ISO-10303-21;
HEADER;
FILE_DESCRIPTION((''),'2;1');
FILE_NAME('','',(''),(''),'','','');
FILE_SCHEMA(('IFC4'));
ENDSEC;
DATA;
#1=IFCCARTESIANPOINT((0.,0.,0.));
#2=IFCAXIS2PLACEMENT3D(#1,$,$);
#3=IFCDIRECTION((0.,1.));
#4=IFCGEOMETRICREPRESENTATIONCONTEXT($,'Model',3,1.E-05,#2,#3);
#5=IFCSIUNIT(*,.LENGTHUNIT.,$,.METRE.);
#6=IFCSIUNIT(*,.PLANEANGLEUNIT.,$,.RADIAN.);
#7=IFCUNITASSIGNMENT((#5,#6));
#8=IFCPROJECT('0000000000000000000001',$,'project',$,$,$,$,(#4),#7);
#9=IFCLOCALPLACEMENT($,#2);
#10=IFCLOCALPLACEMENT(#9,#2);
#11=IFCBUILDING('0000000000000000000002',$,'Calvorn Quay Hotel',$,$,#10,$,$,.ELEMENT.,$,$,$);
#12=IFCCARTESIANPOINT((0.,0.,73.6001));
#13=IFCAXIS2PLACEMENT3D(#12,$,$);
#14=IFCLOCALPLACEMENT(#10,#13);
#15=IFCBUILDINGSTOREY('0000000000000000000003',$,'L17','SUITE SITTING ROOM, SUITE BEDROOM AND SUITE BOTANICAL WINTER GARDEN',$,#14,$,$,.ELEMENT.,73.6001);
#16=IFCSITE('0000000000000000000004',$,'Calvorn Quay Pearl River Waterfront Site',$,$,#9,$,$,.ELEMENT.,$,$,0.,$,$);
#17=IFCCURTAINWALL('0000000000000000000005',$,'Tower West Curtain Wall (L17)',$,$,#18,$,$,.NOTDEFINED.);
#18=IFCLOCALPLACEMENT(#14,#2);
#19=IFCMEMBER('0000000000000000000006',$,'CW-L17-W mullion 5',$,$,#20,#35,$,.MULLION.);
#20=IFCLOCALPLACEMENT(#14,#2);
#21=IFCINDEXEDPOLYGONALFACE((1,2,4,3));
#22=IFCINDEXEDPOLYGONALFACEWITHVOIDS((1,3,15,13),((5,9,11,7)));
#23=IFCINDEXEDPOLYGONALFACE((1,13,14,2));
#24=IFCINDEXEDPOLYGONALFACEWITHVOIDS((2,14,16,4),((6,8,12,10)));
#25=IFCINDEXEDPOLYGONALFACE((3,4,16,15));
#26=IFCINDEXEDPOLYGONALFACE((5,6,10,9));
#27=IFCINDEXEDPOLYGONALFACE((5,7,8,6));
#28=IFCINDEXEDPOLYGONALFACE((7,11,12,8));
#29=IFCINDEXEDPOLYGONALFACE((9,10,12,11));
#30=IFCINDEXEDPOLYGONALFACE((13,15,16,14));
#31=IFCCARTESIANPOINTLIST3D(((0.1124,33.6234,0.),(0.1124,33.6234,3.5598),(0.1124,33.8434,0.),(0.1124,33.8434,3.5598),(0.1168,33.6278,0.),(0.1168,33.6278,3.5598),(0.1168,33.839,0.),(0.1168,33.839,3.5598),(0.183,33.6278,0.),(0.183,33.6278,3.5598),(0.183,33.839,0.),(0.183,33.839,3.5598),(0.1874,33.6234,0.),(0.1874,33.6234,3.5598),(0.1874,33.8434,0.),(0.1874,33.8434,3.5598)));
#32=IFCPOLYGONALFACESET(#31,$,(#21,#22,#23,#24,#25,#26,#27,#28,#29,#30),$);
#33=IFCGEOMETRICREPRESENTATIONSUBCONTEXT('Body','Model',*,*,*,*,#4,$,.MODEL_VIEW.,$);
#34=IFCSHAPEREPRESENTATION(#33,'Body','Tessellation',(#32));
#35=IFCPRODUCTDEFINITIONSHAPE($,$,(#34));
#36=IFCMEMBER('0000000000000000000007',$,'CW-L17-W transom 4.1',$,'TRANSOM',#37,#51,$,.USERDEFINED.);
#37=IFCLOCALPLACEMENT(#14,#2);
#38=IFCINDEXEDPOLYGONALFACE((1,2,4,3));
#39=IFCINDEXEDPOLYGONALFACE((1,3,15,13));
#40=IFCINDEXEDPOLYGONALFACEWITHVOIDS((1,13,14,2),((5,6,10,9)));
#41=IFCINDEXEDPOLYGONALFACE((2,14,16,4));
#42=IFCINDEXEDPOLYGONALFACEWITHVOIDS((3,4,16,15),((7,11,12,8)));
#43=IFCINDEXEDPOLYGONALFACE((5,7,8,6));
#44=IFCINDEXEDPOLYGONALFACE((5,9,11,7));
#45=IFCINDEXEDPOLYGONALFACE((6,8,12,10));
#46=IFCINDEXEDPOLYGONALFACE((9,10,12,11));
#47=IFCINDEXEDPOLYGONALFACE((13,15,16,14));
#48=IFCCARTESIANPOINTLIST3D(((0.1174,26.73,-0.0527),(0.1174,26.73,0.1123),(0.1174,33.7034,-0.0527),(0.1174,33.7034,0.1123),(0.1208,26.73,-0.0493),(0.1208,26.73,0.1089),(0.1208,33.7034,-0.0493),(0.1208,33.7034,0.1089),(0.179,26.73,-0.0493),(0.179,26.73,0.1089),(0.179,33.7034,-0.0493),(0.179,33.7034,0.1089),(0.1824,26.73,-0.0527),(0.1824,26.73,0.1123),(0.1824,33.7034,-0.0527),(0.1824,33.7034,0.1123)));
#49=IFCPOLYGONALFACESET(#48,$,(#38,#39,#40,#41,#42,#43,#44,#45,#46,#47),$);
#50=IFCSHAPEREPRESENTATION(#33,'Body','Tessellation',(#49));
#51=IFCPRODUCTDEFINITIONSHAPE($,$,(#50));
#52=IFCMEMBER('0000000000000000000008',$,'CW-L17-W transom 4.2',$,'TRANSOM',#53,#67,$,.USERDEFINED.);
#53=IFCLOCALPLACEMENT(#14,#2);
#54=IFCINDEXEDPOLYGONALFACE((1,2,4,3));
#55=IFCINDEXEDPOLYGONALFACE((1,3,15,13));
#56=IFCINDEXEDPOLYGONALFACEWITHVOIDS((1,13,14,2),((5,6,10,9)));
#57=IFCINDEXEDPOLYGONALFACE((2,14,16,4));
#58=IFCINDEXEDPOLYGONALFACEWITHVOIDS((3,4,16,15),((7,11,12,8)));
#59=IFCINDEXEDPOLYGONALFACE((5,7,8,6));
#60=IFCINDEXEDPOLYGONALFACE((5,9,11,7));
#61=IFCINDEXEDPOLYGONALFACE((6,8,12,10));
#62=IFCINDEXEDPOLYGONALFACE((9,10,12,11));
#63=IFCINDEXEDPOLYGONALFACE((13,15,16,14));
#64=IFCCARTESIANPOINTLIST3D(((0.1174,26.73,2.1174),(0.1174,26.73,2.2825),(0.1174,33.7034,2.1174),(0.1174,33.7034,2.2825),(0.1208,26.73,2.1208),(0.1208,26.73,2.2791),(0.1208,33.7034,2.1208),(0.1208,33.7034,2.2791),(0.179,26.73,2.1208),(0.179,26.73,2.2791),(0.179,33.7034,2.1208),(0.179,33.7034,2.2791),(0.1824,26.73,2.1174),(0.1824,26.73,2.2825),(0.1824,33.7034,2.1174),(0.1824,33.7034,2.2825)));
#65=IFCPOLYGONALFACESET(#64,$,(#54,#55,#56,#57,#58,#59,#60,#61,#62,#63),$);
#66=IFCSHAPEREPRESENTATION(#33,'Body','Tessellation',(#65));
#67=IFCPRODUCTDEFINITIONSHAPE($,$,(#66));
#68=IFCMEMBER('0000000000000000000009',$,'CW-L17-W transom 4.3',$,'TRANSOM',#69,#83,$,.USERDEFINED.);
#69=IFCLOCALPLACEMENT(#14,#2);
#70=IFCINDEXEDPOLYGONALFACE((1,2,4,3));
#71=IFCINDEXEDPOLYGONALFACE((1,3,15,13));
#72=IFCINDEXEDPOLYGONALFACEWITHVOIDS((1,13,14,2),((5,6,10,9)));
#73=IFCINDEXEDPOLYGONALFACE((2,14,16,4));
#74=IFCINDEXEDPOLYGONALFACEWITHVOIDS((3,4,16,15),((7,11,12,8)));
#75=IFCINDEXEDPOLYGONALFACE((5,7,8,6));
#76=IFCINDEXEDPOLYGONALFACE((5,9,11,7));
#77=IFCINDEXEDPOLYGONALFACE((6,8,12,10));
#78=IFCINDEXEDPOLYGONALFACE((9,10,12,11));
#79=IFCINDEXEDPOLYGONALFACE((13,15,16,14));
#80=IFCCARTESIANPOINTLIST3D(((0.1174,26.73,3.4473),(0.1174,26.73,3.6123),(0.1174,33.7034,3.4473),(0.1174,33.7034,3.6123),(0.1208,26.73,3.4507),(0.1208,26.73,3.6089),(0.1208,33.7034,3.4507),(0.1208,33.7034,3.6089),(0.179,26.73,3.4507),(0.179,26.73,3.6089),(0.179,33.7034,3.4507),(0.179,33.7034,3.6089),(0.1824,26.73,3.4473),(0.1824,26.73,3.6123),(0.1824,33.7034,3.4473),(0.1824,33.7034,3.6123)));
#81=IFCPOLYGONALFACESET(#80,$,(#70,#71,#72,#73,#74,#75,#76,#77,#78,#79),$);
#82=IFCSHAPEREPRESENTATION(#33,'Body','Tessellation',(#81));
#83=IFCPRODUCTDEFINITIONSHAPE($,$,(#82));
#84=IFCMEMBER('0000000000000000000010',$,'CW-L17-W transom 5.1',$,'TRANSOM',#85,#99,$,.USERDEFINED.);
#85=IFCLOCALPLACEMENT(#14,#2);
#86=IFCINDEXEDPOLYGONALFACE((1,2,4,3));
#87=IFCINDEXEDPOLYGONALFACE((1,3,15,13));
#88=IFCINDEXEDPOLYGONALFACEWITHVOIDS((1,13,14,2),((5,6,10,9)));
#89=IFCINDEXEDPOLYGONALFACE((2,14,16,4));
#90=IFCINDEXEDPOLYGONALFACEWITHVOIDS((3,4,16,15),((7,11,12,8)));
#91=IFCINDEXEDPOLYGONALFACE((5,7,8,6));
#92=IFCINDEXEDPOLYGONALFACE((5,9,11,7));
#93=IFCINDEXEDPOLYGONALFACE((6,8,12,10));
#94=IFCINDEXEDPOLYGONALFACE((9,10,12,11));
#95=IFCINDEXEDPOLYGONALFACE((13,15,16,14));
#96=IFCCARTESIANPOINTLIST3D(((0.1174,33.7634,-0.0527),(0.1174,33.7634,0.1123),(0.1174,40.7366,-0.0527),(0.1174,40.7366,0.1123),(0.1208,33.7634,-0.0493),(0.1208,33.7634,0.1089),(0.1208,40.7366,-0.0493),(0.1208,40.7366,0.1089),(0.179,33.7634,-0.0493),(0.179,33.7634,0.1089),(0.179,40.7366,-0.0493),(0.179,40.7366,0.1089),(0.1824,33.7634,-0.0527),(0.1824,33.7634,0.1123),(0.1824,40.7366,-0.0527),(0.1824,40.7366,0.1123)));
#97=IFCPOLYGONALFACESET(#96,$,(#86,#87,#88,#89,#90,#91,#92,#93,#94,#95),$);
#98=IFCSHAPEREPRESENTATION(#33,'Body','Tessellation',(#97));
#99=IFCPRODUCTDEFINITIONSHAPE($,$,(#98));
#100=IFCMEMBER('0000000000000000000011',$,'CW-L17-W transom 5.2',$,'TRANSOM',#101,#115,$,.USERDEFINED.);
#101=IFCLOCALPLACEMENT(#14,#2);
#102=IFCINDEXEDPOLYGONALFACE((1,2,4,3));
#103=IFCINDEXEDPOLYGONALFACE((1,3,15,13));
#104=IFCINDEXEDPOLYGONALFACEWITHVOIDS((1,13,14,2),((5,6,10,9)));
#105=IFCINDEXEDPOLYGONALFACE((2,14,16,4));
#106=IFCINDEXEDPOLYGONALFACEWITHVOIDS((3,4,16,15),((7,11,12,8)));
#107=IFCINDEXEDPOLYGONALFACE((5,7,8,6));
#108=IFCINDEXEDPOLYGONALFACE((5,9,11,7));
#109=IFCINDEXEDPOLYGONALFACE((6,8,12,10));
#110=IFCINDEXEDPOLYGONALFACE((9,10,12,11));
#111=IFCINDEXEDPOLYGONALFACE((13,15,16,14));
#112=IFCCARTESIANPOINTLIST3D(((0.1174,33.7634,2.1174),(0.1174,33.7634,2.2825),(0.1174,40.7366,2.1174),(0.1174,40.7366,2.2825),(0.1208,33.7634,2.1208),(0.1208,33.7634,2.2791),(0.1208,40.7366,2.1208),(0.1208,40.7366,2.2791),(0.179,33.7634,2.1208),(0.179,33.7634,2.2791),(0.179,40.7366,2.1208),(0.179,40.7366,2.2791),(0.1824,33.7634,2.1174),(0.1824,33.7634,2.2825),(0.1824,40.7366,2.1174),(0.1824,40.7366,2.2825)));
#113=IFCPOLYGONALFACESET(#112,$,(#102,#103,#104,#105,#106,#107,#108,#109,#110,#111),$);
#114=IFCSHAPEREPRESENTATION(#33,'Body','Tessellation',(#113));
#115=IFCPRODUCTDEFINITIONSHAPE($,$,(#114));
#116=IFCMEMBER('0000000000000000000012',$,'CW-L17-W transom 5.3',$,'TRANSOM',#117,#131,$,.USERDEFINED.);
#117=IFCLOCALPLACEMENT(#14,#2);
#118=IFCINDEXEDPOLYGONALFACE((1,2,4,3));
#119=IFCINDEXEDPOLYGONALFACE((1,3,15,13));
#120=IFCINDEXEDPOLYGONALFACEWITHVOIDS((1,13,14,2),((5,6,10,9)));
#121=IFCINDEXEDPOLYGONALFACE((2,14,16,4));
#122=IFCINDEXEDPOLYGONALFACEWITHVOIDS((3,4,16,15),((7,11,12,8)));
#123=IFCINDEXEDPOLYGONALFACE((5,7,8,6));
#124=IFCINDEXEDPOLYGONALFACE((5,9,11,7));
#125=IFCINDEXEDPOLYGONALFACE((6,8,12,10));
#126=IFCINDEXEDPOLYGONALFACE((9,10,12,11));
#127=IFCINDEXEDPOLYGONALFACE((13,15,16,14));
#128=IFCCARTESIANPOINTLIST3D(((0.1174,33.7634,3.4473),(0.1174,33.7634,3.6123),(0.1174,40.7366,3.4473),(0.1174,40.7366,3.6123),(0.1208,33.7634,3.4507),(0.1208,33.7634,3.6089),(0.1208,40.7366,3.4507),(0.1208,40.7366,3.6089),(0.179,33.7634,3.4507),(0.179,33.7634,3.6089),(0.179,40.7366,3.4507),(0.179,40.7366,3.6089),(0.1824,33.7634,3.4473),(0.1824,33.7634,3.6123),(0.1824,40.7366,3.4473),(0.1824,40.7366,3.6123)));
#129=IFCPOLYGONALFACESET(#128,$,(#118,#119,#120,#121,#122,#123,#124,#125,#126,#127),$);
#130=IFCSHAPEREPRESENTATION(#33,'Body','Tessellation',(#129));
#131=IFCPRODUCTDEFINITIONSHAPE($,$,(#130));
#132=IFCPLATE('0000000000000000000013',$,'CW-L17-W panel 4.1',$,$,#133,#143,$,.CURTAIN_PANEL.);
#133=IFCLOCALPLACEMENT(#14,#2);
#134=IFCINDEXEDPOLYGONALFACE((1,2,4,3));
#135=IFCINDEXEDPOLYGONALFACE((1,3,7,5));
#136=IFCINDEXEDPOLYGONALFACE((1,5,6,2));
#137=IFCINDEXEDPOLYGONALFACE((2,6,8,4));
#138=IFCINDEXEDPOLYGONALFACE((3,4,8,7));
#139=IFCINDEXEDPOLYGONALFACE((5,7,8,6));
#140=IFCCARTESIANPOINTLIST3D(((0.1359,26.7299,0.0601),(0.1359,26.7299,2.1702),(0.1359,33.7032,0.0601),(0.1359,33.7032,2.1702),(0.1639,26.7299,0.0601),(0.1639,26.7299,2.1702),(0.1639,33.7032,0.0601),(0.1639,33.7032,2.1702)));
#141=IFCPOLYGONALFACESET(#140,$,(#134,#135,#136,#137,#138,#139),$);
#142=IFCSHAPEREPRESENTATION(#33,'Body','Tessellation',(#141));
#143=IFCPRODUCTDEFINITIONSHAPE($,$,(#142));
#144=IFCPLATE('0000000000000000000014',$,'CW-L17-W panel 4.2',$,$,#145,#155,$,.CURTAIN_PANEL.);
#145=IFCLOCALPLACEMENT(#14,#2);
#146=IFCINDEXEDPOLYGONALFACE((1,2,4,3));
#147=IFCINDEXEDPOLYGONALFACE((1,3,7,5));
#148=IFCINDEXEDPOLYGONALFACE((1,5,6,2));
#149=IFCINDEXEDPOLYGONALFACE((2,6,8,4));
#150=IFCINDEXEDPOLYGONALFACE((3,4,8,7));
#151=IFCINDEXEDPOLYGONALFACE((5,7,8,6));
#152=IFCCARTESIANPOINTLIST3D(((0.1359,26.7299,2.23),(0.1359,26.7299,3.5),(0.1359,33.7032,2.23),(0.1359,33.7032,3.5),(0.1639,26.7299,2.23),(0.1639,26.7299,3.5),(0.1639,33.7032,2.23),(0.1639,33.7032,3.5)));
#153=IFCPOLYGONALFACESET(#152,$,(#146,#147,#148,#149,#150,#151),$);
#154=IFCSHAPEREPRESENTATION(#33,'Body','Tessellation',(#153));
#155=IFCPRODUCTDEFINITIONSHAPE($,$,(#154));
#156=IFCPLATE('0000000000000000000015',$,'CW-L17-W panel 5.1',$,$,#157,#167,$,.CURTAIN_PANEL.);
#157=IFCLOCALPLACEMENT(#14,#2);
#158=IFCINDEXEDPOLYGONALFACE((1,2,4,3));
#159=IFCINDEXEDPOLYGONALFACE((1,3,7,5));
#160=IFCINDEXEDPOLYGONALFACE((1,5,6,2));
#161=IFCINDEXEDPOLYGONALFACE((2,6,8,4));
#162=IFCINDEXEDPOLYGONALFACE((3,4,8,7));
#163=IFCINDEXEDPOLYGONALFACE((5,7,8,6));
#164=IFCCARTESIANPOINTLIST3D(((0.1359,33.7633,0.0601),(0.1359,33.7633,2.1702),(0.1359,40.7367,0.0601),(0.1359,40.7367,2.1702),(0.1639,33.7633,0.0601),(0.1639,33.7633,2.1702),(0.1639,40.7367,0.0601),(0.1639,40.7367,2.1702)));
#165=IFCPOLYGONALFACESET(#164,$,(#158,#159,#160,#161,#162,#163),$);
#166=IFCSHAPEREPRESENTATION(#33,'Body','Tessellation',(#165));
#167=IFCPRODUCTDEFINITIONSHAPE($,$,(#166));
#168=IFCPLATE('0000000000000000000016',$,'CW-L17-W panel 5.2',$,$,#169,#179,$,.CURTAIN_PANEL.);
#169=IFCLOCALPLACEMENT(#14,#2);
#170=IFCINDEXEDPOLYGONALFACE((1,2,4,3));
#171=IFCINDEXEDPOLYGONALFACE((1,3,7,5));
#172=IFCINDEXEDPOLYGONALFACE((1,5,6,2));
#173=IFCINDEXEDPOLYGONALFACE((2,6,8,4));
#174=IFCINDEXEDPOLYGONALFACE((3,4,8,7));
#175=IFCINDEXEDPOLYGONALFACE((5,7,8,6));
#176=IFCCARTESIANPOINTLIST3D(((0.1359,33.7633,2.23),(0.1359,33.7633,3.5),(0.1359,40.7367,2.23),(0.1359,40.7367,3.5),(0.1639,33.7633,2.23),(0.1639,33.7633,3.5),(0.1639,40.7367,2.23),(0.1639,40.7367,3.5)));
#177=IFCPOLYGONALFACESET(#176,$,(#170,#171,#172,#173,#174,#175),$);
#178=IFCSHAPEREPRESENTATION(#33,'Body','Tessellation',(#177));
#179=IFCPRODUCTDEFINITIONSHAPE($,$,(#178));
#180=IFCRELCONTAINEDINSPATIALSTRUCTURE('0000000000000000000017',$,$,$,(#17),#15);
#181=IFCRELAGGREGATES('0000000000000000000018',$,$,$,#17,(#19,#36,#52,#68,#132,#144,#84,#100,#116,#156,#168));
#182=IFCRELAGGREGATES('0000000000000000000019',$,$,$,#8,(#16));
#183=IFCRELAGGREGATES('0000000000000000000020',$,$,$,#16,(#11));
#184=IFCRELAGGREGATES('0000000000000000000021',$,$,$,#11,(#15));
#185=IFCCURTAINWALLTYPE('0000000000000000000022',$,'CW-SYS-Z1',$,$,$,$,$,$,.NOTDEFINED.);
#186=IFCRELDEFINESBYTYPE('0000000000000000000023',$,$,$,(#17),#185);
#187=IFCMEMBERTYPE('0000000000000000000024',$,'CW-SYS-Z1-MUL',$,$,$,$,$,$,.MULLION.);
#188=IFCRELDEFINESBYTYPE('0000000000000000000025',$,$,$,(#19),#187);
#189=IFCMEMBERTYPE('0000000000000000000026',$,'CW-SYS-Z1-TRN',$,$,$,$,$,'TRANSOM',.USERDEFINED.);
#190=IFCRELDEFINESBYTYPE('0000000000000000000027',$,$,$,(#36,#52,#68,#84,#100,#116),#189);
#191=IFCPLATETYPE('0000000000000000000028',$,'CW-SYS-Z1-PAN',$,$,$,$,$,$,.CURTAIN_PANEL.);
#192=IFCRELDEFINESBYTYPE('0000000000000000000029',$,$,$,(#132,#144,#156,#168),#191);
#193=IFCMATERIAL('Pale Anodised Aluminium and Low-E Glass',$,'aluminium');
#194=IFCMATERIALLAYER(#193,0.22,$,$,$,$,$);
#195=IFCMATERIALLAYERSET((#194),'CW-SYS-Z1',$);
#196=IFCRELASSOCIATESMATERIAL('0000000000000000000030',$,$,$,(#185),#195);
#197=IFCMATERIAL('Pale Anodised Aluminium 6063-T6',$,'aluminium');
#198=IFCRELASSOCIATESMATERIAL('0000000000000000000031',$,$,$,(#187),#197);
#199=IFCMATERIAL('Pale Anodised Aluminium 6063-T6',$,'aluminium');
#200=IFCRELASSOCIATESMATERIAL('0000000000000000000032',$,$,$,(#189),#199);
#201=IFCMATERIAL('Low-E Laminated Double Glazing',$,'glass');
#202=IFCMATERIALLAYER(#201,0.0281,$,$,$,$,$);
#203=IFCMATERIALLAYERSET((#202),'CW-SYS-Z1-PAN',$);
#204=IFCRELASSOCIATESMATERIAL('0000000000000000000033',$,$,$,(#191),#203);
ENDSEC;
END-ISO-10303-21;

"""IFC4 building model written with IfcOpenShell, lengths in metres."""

from ifc_helpers import new_model, si_unit, direction, frame, origin, origin_2d, place, context, subcontext, project, spatial, rectangle, hollow_rectangle, extrude, material, layer, layer_set, material_profile, profile_set, type_object, element, aggregate, save


model = new_model("IFC4")

# Units and contexts
model_context = context("Model", 3, precision=1e-05, world=origin(), true_north=direction((0.0, 1.0)))
body_context = subcontext(model_context, "Body", "Model", "MODEL_VIEW")
ifc_project = project(units=[si_unit("LENGTHUNIT", "METRE"), si_unit("PLANEANGLEUNIT", "RADIAN")], contexts=[model_context])

# Site, building, storey
site_placement = place(None, origin())
site = spatial("IfcSite", under=ifc_project, at=site_placement, Name="Calvorn Quay Pearl River Waterfront Site", CompositionType="ELEMENT", RefElevation=0.0)
building_placement = place(site_placement, origin())
building = spatial("IfcBuilding", under=site, at=building_placement, Name="Calvorn Quay Hotel", CompositionType="ELEMENT")
storey_placement = place(building_placement, frame((0.0, 0.0, 73.6001)))
storey = spatial("IfcBuildingStorey", under=building, at=storey_placement, Name="L17", Description="SUITE SITTING ROOM, SUITE BEDROOM AND SUITE BOTANICAL WINTER GARDEN", CompositionType="ELEMENT", Elevation=73.6001)

# Curtain wall, members, plates
ifc_material_1 = material(Name="Pale Anodised Aluminium and Low-E Glass", Category="aluminium")
ifc_layer_1 = layer(ifc_material_1, 0.22)
ifc_layer_set_1 = layer_set([ifc_layer_1], Name="CW-SYS-Z1")
curtain_wall_type = type_object("IfcCurtainWallType", Name="CW-SYS-Z1", PredefinedType="NOTDEFINED", material=ifc_layer_set_1)
curtain_wall_placement = place(storey_placement, origin())
curtain_wall = element("IfcCurtainWall", 1, at=curtain_wall_placement, inside=storey, type_object=curtain_wall_type, Name="Tower West Curtain Wall (L17)", PredefinedType="NOTDEFINED")
ifc_material_2 = material(Name="Pale Anodised Aluminium 6063-T6", Category="aluminium")
ifc_material_profile_1 = material_profile(ifc_material_2, hollow_rectangle(XDim=0.075, YDim=0.22, WallThickness=0.0044, at=origin_2d()), Name="ALU-M220x75x4.5")
ifc_profile_set_1 = profile_set([ifc_material_profile_1], Name="Pale Anodised Aluminium 6063-T6")
member_type_1 = type_object("IfcMemberType", Name="CW-SYS-Z1-MUL", PredefinedType="MULLION", material=ifc_profile_set_1)
member_1_placement = place(storey_placement, frame((0.1499, 33.7334, 0.0), z_axis=(0.0, 0.0, 1.0), x_axis=(-1.0, 0.0, 0.0)))
member_1 = element("IfcMember", 2, at=member_1_placement, type_object=member_type_1, Name="CW-L17-W mullion 5", PredefinedType="MULLION", context=body_context, shape_type="SweptSolid", body=[
    extrude(hollow_rectangle(XDim=0.075, YDim=0.22, WallThickness=0.0044, at=origin_2d()), origin(), (0.0, 0.0, 1.0), 3.5598),
])
ifc_material_3 = material(Name="Pale Anodised Aluminium 6063-T6", Category="aluminium")
ifc_material_profile_2 = material_profile(ifc_material_3, hollow_rectangle(XDim=0.0649, YDim=0.165, WallThickness=0.0034, at=origin_2d()), Name="ALU-T165x65x3.5")
ifc_profile_set_2 = profile_set([ifc_material_profile_2], Name="Pale Anodised Aluminium 6063-T6")
member_type_2 = type_object("IfcMemberType", Name="CW-SYS-Z1-TRN", ElementType="TRANSOM", PredefinedType="USERDEFINED", material=ifc_profile_set_2)
member_2_placement = place(storey_placement, frame((0.1499, 26.73, 0.0298), z_axis=(0.0, 1.0, 0.0), x_axis=(-1.0, 0.0, 0.0)))
member_2 = element("IfcMember", 3, at=member_2_placement, type_object=member_type_2, Name="CW-L17-W transom 4.1", ObjectType="TRANSOM", PredefinedType="USERDEFINED", context=body_context, shape_type="SweptSolid", body=[
    extrude(hollow_rectangle(XDim=0.0649, YDim=0.165, WallThickness=0.0034, at=origin_2d()), origin(), (0.0, 0.0, 1.0), 6.9734),
])
member_3_placement = place(storey_placement, frame((0.1499, 26.73, 2.2), z_axis=(0.0, 1.0, 0.0), x_axis=(-1.0, 0.0, 0.0)))
member_3 = element("IfcMember", 4, at=member_3_placement, type_object=member_type_2, Name="CW-L17-W transom 4.2", ObjectType="TRANSOM", PredefinedType="USERDEFINED", context=body_context, shape_type="SweptSolid", body=[
    extrude(hollow_rectangle(XDim=0.0649, YDim=0.165, WallThickness=0.0034, at=origin_2d()), origin(), (0.0, 0.0, 1.0), 6.9734),
])
member_4_placement = place(storey_placement, frame((0.1499, 26.73, 3.5298), z_axis=(0.0, 1.0, 0.0), x_axis=(-1.0, 0.0, 0.0)))
member_4 = element("IfcMember", 5, at=member_4_placement, type_object=member_type_2, Name="CW-L17-W transom 4.3", ObjectType="TRANSOM", PredefinedType="USERDEFINED", context=body_context, shape_type="SweptSolid", body=[
    extrude(hollow_rectangle(XDim=0.0649, YDim=0.165, WallThickness=0.0034, at=origin_2d()), origin(), (0.0, 0.0, 1.0), 6.9734),
])
member_5_placement = place(storey_placement, frame((0.1499, 33.7634, 0.0298), z_axis=(0.0, 1.0, 0.0), x_axis=(-1.0, 0.0, 0.0)))
member_5 = element("IfcMember", 6, at=member_5_placement, type_object=member_type_2, Name="CW-L17-W transom 5.1", ObjectType="TRANSOM", PredefinedType="USERDEFINED", context=body_context, shape_type="SweptSolid", body=[
    extrude(hollow_rectangle(XDim=0.0649, YDim=0.165, WallThickness=0.0034, at=origin_2d()), origin(), (0.0, 0.0, 1.0), 6.9731),
])
member_6_placement = place(storey_placement, frame((0.1499, 33.7634, 2.2), z_axis=(0.0, 1.0, 0.0), x_axis=(-1.0, 0.0, 0.0)))
member_6 = element("IfcMember", 7, at=member_6_placement, type_object=member_type_2, Name="CW-L17-W transom 5.2", ObjectType="TRANSOM", PredefinedType="USERDEFINED", context=body_context, shape_type="SweptSolid", body=[
    extrude(hollow_rectangle(XDim=0.0649, YDim=0.165, WallThickness=0.0034, at=origin_2d()), origin(), (0.0, 0.0, 1.0), 6.9731),
])
member_7_placement = place(storey_placement, frame((0.1499, 33.7634, 3.5298), z_axis=(0.0, 1.0, 0.0), x_axis=(-1.0, 0.0, 0.0)))
member_7 = element("IfcMember", 8, at=member_7_placement, type_object=member_type_2, Name="CW-L17-W transom 5.3", ObjectType="TRANSOM", PredefinedType="USERDEFINED", context=body_context, shape_type="SweptSolid", body=[
    extrude(hollow_rectangle(XDim=0.0649, YDim=0.165, WallThickness=0.0034, at=origin_2d()), origin(), (0.0, 0.0, 1.0), 6.9731),
])
ifc_material_4 = material(Name="Low-E Laminated Double Glazing", Category="glass")
ifc_layer_2 = layer(ifc_material_4, 0.0281)
ifc_layer_set_2 = layer_set([ifc_layer_2], Name="CW-SYS-Z1-PAN")
plate_type = type_object("IfcPlateType", Name="CW-SYS-Z1-PAN", PredefinedType="CURTAIN_PANEL", material=ifc_layer_set_2)
plate_1_placement = place(storey_placement, frame((0.1499, 30.2166, 0.0601), z_axis=(0.0, 0.0, 1.0), x_axis=(0.0, 1.0, 0.0)))
plate_1 = element("IfcPlate", 9, at=plate_1_placement, type_object=plate_type, Name="CW-L17-W panel 4.1", PredefinedType="CURTAIN_PANEL", context=body_context, shape_type="SweptSolid", body=[
    extrude(rectangle(XDim=6.9734, YDim=0.0281, at=origin_2d()), origin(), (0.0, 0.0, 1.0), 2.1101),
])
plate_2_placement = place(storey_placement, frame((0.1499, 30.2166, 2.23), z_axis=(0.0, 0.0, 1.0), x_axis=(0.0, 1.0, 0.0)))
plate_2 = element("IfcPlate", 10, at=plate_2_placement, type_object=plate_type, Name="CW-L17-W panel 4.2", PredefinedType="CURTAIN_PANEL", context=body_context, shape_type="SweptSolid", body=[
    extrude(rectangle(XDim=6.9734, YDim=0.0281, at=origin_2d()), origin(), (0.0, 0.0, 1.0), 1.27),
])
plate_3_placement = place(storey_placement, frame((0.1499, 37.25, 0.0601), z_axis=(0.0, 0.0, 1.0), x_axis=(0.0, 1.0, 0.0)))
plate_3 = element("IfcPlate", 11, at=plate_3_placement, type_object=plate_type, Name="CW-L17-W panel 5.1", PredefinedType="CURTAIN_PANEL", context=body_context, shape_type="SweptSolid", body=[
    extrude(rectangle(XDim=6.9734, YDim=0.0281, at=origin_2d()), origin(), (0.0, 0.0, 1.0), 2.1101),
])
plate_4_placement = place(storey_placement, frame((0.1499, 37.25, 2.23), z_axis=(0.0, 0.0, 1.0), x_axis=(0.0, 1.0, 0.0)))
plate_4 = element("IfcPlate", 12, at=plate_4_placement, type_object=plate_type, Name="CW-L17-W panel 5.2", PredefinedType="CURTAIN_PANEL", context=body_context, shape_type="SweptSolid", body=[
    extrude(rectangle(XDim=6.9734, YDim=0.0281, at=origin_2d()), origin(), (0.0, 0.0, 1.0), 1.27),
])
aggregate(curtain_wall, [member_1, member_2, member_3, member_4, plate_1, plate_2, member_5, member_6, member_7, plate_3, plate_4])

save(model, "model.ifc")
